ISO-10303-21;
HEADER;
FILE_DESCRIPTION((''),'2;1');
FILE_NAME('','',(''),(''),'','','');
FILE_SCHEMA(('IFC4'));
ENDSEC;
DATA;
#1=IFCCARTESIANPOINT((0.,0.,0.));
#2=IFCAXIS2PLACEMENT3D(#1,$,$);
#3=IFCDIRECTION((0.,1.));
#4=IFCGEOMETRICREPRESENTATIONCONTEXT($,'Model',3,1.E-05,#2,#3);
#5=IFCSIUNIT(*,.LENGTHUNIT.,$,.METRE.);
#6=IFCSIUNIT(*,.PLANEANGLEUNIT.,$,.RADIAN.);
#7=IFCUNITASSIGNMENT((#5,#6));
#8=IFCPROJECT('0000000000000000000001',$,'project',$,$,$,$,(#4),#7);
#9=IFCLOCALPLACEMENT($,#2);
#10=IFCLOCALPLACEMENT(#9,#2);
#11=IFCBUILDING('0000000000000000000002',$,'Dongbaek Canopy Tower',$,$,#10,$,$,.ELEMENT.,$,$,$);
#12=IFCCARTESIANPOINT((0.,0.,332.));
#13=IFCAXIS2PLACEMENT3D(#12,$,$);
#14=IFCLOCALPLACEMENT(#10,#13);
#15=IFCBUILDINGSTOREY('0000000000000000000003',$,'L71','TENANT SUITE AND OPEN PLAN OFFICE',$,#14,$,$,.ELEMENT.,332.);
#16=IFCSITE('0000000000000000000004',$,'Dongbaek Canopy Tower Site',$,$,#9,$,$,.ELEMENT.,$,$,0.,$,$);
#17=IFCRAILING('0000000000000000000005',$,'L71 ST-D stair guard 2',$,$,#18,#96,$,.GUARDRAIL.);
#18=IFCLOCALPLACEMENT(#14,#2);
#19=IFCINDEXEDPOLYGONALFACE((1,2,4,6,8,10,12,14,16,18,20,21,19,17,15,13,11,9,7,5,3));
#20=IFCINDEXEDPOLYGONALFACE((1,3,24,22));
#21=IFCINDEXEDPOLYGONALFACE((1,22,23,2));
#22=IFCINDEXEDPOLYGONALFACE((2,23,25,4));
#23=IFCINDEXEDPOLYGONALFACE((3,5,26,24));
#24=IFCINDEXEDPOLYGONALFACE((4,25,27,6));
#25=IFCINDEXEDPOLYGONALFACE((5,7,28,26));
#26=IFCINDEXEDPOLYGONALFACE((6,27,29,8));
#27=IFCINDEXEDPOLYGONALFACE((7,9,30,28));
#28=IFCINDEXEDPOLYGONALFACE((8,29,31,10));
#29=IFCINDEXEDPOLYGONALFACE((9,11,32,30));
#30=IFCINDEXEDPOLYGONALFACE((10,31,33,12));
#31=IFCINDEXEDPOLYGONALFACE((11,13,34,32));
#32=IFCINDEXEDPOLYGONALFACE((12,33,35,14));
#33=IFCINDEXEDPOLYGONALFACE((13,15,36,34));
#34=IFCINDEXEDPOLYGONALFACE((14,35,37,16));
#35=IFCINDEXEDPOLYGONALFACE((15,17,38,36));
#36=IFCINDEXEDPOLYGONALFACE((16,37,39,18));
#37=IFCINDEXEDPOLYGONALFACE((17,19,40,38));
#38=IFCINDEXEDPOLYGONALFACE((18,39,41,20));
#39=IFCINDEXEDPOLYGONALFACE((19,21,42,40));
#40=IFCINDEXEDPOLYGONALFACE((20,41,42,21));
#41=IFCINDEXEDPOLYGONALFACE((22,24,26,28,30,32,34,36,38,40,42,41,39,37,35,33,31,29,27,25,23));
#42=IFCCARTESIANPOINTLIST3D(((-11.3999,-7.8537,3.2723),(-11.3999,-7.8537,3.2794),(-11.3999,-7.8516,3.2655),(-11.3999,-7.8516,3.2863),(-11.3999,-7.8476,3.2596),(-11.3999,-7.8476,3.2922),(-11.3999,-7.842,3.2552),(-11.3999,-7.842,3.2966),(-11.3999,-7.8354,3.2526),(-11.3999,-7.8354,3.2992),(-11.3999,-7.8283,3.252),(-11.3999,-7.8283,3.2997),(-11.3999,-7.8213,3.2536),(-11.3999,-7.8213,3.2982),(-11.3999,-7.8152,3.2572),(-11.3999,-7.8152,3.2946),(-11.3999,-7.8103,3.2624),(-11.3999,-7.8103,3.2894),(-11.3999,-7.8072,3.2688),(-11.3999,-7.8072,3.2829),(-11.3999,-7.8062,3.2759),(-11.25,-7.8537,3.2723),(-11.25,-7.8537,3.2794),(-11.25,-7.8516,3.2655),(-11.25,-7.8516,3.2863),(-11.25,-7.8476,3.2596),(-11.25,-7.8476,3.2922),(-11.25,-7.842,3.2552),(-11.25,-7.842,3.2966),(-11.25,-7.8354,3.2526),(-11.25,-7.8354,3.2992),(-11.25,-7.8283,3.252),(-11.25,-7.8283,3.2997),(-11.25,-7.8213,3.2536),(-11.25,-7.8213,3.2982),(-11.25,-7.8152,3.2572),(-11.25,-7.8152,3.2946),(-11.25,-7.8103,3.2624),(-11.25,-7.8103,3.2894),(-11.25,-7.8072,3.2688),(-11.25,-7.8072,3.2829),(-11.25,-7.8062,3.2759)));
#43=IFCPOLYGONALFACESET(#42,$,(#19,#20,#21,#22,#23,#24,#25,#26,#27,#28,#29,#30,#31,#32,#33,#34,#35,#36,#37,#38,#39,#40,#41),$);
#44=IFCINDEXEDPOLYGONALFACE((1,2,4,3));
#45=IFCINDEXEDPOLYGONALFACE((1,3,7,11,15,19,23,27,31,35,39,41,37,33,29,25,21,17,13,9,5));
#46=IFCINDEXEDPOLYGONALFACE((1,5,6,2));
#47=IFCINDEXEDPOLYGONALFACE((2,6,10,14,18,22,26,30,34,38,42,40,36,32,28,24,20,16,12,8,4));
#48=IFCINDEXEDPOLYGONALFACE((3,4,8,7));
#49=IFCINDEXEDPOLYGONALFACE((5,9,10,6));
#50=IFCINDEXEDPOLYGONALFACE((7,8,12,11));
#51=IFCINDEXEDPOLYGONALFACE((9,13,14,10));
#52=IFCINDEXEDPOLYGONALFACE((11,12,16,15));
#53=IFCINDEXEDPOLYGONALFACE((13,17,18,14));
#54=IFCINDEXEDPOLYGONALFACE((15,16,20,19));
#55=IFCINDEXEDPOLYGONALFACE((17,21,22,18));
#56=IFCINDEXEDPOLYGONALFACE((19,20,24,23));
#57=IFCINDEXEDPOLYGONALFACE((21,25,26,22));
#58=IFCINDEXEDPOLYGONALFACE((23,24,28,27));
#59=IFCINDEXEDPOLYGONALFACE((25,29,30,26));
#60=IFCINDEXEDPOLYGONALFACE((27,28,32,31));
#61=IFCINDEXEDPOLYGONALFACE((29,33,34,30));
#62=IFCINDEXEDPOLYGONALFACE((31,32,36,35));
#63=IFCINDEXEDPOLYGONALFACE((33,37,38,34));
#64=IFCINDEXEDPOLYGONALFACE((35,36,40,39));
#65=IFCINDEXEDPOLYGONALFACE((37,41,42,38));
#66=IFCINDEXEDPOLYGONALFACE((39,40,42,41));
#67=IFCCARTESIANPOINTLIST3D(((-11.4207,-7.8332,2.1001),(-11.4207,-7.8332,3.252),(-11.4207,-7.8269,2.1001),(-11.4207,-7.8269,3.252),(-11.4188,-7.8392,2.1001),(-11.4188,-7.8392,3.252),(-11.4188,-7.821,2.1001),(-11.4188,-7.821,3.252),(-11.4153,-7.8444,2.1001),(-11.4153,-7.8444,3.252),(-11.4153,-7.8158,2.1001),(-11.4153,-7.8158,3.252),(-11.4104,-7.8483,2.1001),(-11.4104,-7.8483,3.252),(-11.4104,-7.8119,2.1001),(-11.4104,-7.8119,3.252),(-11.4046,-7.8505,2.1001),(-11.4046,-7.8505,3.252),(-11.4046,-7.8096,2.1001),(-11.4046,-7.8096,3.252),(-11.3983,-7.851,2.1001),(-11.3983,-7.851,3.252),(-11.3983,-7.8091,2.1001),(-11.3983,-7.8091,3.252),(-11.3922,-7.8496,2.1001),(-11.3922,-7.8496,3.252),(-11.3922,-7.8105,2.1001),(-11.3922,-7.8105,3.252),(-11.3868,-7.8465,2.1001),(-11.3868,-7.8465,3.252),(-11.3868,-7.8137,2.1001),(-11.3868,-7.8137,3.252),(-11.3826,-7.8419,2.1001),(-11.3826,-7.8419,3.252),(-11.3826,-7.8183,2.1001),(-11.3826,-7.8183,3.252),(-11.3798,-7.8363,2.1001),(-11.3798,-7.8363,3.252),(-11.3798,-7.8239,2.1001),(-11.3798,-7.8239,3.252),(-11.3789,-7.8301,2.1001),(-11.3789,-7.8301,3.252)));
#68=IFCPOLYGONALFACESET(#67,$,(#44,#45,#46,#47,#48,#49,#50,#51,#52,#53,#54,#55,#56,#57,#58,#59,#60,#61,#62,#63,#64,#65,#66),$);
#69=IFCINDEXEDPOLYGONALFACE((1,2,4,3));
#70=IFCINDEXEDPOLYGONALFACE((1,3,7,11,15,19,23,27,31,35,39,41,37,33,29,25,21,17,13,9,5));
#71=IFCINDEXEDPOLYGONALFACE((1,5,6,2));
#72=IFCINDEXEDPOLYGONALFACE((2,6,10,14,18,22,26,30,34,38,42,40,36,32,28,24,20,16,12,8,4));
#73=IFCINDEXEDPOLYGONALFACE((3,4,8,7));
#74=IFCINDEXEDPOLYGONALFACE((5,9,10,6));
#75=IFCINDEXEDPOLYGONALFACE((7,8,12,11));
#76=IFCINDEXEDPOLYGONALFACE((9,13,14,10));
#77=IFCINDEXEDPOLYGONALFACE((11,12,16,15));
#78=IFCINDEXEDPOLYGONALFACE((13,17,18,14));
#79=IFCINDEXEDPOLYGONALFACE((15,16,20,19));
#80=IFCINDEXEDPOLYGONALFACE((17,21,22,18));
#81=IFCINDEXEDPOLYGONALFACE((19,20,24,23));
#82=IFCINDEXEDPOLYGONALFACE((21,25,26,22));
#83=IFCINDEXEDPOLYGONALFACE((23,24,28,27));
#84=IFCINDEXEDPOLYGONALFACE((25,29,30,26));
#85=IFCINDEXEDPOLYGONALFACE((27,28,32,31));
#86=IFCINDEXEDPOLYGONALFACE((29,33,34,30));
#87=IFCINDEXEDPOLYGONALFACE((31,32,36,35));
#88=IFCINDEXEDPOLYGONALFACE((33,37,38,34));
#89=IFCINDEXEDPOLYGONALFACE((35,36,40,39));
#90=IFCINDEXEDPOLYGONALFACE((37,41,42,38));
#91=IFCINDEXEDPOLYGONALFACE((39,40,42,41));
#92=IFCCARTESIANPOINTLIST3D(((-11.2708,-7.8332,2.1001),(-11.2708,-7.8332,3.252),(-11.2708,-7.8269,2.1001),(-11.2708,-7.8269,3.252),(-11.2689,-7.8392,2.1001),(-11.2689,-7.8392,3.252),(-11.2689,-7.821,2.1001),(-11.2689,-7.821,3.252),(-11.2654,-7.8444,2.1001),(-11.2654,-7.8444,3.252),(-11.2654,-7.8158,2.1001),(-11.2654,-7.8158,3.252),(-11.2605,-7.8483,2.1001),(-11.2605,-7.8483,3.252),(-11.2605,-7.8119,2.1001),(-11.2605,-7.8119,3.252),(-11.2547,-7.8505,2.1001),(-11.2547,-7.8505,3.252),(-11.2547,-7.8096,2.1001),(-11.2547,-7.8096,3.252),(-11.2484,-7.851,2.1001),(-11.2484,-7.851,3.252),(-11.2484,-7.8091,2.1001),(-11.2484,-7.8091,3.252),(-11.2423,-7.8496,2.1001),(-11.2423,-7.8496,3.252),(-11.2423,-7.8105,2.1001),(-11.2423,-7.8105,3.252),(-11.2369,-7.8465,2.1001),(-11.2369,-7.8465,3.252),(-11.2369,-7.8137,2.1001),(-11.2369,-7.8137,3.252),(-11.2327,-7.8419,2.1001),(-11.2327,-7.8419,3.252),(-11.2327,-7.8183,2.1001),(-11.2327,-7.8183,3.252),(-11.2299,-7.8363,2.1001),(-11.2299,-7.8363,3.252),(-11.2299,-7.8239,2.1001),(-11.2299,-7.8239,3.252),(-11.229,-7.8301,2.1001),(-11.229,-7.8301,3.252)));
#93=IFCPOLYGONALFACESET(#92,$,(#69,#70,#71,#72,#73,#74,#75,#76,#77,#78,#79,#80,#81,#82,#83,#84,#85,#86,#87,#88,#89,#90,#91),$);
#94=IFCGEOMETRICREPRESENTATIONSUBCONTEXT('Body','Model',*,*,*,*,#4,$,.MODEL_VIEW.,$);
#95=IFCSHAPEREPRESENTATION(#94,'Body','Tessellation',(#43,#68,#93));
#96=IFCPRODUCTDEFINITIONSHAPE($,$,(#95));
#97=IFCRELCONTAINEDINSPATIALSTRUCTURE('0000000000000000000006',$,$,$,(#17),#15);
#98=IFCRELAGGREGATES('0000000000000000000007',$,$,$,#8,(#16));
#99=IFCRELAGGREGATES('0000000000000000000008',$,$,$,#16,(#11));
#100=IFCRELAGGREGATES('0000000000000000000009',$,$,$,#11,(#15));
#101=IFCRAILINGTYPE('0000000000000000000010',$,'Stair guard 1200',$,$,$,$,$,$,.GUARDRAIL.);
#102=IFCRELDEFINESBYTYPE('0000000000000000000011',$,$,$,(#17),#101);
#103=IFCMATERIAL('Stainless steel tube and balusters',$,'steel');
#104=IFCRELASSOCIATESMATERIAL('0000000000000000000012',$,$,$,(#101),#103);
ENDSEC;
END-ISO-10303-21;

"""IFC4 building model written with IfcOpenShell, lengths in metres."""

from ifc_helpers import new_model, si_unit, direction, frame, origin, origin_2d, place, context, subcontext, project, spatial, circle, extrude, material, type_object, element, save


model = new_model("IFC4")

# Units and contexts
model_context = context("Model", 3, precision=1e-05, world=origin(), true_north=direction((0.0, 1.0)))
body_context = subcontext(model_context, "Body", "Model", "MODEL_VIEW")
ifc_project = project(units=[si_unit("LENGTHUNIT", "METRE"), si_unit("PLANEANGLEUNIT", "RADIAN")], contexts=[model_context])

# Site, building, storey
site_placement = place(None, origin())
site = spatial("IfcSite", under=ifc_project, at=site_placement, Name="Dongbaek Canopy Tower Site", CompositionType="ELEMENT", RefElevation=0.0)
building_placement = place(site_placement, origin())
building = spatial("IfcBuilding", under=site, at=building_placement, Name="Dongbaek Canopy Tower", CompositionType="ELEMENT")
storey_placement = place(building_placement, frame((0.0, 0.0, 332.0)))
storey = spatial("IfcBuildingStorey", under=building, at=storey_placement, Name="L71", Description="TENANT SUITE AND OPEN PLAN OFFICE", CompositionType="ELEMENT", Elevation=332.0)

# Railing
ifc_material_1 = material(Name="Stainless steel tube and balusters", Category="steel")
railing_type_1 = type_object("IfcRailingType", Name="Stair guard 1200", PredefinedType="GUARDRAIL", material=ifc_material_1)
railing_1_placement = place(storey_placement, frame((-11.3999, -7.8301, 2.1001)))
element("IfcRailing", 1, at=railing_1_placement, inside=storey, type_object=railing_type_1, Name="L71 ST-D stair guard 2", PredefinedType="GUARDRAIL", context=body_context, shape_type="SweptSolid", body=[
    extrude(circle(Radius=0.0239, at=origin_2d()), frame((0.0, 0.0, 1.1758), z_axis=(1.0, 0.0, 0.0), x_axis=(0.0, 1.0, 0.0)), (0.0, 0.0, 1.0), 0.1499),
    extrude(circle(Radius=0.021, at=origin_2d()), origin(), (0.0, 0.0, 1.0), 1.1519),
    extrude(circle(Radius=0.021, at=origin_2d()), frame((0.1499, 0.0, 0.0)), (0.0, 0.0, 1.0), 1.1519),
])

save(model, "model.ifc")
